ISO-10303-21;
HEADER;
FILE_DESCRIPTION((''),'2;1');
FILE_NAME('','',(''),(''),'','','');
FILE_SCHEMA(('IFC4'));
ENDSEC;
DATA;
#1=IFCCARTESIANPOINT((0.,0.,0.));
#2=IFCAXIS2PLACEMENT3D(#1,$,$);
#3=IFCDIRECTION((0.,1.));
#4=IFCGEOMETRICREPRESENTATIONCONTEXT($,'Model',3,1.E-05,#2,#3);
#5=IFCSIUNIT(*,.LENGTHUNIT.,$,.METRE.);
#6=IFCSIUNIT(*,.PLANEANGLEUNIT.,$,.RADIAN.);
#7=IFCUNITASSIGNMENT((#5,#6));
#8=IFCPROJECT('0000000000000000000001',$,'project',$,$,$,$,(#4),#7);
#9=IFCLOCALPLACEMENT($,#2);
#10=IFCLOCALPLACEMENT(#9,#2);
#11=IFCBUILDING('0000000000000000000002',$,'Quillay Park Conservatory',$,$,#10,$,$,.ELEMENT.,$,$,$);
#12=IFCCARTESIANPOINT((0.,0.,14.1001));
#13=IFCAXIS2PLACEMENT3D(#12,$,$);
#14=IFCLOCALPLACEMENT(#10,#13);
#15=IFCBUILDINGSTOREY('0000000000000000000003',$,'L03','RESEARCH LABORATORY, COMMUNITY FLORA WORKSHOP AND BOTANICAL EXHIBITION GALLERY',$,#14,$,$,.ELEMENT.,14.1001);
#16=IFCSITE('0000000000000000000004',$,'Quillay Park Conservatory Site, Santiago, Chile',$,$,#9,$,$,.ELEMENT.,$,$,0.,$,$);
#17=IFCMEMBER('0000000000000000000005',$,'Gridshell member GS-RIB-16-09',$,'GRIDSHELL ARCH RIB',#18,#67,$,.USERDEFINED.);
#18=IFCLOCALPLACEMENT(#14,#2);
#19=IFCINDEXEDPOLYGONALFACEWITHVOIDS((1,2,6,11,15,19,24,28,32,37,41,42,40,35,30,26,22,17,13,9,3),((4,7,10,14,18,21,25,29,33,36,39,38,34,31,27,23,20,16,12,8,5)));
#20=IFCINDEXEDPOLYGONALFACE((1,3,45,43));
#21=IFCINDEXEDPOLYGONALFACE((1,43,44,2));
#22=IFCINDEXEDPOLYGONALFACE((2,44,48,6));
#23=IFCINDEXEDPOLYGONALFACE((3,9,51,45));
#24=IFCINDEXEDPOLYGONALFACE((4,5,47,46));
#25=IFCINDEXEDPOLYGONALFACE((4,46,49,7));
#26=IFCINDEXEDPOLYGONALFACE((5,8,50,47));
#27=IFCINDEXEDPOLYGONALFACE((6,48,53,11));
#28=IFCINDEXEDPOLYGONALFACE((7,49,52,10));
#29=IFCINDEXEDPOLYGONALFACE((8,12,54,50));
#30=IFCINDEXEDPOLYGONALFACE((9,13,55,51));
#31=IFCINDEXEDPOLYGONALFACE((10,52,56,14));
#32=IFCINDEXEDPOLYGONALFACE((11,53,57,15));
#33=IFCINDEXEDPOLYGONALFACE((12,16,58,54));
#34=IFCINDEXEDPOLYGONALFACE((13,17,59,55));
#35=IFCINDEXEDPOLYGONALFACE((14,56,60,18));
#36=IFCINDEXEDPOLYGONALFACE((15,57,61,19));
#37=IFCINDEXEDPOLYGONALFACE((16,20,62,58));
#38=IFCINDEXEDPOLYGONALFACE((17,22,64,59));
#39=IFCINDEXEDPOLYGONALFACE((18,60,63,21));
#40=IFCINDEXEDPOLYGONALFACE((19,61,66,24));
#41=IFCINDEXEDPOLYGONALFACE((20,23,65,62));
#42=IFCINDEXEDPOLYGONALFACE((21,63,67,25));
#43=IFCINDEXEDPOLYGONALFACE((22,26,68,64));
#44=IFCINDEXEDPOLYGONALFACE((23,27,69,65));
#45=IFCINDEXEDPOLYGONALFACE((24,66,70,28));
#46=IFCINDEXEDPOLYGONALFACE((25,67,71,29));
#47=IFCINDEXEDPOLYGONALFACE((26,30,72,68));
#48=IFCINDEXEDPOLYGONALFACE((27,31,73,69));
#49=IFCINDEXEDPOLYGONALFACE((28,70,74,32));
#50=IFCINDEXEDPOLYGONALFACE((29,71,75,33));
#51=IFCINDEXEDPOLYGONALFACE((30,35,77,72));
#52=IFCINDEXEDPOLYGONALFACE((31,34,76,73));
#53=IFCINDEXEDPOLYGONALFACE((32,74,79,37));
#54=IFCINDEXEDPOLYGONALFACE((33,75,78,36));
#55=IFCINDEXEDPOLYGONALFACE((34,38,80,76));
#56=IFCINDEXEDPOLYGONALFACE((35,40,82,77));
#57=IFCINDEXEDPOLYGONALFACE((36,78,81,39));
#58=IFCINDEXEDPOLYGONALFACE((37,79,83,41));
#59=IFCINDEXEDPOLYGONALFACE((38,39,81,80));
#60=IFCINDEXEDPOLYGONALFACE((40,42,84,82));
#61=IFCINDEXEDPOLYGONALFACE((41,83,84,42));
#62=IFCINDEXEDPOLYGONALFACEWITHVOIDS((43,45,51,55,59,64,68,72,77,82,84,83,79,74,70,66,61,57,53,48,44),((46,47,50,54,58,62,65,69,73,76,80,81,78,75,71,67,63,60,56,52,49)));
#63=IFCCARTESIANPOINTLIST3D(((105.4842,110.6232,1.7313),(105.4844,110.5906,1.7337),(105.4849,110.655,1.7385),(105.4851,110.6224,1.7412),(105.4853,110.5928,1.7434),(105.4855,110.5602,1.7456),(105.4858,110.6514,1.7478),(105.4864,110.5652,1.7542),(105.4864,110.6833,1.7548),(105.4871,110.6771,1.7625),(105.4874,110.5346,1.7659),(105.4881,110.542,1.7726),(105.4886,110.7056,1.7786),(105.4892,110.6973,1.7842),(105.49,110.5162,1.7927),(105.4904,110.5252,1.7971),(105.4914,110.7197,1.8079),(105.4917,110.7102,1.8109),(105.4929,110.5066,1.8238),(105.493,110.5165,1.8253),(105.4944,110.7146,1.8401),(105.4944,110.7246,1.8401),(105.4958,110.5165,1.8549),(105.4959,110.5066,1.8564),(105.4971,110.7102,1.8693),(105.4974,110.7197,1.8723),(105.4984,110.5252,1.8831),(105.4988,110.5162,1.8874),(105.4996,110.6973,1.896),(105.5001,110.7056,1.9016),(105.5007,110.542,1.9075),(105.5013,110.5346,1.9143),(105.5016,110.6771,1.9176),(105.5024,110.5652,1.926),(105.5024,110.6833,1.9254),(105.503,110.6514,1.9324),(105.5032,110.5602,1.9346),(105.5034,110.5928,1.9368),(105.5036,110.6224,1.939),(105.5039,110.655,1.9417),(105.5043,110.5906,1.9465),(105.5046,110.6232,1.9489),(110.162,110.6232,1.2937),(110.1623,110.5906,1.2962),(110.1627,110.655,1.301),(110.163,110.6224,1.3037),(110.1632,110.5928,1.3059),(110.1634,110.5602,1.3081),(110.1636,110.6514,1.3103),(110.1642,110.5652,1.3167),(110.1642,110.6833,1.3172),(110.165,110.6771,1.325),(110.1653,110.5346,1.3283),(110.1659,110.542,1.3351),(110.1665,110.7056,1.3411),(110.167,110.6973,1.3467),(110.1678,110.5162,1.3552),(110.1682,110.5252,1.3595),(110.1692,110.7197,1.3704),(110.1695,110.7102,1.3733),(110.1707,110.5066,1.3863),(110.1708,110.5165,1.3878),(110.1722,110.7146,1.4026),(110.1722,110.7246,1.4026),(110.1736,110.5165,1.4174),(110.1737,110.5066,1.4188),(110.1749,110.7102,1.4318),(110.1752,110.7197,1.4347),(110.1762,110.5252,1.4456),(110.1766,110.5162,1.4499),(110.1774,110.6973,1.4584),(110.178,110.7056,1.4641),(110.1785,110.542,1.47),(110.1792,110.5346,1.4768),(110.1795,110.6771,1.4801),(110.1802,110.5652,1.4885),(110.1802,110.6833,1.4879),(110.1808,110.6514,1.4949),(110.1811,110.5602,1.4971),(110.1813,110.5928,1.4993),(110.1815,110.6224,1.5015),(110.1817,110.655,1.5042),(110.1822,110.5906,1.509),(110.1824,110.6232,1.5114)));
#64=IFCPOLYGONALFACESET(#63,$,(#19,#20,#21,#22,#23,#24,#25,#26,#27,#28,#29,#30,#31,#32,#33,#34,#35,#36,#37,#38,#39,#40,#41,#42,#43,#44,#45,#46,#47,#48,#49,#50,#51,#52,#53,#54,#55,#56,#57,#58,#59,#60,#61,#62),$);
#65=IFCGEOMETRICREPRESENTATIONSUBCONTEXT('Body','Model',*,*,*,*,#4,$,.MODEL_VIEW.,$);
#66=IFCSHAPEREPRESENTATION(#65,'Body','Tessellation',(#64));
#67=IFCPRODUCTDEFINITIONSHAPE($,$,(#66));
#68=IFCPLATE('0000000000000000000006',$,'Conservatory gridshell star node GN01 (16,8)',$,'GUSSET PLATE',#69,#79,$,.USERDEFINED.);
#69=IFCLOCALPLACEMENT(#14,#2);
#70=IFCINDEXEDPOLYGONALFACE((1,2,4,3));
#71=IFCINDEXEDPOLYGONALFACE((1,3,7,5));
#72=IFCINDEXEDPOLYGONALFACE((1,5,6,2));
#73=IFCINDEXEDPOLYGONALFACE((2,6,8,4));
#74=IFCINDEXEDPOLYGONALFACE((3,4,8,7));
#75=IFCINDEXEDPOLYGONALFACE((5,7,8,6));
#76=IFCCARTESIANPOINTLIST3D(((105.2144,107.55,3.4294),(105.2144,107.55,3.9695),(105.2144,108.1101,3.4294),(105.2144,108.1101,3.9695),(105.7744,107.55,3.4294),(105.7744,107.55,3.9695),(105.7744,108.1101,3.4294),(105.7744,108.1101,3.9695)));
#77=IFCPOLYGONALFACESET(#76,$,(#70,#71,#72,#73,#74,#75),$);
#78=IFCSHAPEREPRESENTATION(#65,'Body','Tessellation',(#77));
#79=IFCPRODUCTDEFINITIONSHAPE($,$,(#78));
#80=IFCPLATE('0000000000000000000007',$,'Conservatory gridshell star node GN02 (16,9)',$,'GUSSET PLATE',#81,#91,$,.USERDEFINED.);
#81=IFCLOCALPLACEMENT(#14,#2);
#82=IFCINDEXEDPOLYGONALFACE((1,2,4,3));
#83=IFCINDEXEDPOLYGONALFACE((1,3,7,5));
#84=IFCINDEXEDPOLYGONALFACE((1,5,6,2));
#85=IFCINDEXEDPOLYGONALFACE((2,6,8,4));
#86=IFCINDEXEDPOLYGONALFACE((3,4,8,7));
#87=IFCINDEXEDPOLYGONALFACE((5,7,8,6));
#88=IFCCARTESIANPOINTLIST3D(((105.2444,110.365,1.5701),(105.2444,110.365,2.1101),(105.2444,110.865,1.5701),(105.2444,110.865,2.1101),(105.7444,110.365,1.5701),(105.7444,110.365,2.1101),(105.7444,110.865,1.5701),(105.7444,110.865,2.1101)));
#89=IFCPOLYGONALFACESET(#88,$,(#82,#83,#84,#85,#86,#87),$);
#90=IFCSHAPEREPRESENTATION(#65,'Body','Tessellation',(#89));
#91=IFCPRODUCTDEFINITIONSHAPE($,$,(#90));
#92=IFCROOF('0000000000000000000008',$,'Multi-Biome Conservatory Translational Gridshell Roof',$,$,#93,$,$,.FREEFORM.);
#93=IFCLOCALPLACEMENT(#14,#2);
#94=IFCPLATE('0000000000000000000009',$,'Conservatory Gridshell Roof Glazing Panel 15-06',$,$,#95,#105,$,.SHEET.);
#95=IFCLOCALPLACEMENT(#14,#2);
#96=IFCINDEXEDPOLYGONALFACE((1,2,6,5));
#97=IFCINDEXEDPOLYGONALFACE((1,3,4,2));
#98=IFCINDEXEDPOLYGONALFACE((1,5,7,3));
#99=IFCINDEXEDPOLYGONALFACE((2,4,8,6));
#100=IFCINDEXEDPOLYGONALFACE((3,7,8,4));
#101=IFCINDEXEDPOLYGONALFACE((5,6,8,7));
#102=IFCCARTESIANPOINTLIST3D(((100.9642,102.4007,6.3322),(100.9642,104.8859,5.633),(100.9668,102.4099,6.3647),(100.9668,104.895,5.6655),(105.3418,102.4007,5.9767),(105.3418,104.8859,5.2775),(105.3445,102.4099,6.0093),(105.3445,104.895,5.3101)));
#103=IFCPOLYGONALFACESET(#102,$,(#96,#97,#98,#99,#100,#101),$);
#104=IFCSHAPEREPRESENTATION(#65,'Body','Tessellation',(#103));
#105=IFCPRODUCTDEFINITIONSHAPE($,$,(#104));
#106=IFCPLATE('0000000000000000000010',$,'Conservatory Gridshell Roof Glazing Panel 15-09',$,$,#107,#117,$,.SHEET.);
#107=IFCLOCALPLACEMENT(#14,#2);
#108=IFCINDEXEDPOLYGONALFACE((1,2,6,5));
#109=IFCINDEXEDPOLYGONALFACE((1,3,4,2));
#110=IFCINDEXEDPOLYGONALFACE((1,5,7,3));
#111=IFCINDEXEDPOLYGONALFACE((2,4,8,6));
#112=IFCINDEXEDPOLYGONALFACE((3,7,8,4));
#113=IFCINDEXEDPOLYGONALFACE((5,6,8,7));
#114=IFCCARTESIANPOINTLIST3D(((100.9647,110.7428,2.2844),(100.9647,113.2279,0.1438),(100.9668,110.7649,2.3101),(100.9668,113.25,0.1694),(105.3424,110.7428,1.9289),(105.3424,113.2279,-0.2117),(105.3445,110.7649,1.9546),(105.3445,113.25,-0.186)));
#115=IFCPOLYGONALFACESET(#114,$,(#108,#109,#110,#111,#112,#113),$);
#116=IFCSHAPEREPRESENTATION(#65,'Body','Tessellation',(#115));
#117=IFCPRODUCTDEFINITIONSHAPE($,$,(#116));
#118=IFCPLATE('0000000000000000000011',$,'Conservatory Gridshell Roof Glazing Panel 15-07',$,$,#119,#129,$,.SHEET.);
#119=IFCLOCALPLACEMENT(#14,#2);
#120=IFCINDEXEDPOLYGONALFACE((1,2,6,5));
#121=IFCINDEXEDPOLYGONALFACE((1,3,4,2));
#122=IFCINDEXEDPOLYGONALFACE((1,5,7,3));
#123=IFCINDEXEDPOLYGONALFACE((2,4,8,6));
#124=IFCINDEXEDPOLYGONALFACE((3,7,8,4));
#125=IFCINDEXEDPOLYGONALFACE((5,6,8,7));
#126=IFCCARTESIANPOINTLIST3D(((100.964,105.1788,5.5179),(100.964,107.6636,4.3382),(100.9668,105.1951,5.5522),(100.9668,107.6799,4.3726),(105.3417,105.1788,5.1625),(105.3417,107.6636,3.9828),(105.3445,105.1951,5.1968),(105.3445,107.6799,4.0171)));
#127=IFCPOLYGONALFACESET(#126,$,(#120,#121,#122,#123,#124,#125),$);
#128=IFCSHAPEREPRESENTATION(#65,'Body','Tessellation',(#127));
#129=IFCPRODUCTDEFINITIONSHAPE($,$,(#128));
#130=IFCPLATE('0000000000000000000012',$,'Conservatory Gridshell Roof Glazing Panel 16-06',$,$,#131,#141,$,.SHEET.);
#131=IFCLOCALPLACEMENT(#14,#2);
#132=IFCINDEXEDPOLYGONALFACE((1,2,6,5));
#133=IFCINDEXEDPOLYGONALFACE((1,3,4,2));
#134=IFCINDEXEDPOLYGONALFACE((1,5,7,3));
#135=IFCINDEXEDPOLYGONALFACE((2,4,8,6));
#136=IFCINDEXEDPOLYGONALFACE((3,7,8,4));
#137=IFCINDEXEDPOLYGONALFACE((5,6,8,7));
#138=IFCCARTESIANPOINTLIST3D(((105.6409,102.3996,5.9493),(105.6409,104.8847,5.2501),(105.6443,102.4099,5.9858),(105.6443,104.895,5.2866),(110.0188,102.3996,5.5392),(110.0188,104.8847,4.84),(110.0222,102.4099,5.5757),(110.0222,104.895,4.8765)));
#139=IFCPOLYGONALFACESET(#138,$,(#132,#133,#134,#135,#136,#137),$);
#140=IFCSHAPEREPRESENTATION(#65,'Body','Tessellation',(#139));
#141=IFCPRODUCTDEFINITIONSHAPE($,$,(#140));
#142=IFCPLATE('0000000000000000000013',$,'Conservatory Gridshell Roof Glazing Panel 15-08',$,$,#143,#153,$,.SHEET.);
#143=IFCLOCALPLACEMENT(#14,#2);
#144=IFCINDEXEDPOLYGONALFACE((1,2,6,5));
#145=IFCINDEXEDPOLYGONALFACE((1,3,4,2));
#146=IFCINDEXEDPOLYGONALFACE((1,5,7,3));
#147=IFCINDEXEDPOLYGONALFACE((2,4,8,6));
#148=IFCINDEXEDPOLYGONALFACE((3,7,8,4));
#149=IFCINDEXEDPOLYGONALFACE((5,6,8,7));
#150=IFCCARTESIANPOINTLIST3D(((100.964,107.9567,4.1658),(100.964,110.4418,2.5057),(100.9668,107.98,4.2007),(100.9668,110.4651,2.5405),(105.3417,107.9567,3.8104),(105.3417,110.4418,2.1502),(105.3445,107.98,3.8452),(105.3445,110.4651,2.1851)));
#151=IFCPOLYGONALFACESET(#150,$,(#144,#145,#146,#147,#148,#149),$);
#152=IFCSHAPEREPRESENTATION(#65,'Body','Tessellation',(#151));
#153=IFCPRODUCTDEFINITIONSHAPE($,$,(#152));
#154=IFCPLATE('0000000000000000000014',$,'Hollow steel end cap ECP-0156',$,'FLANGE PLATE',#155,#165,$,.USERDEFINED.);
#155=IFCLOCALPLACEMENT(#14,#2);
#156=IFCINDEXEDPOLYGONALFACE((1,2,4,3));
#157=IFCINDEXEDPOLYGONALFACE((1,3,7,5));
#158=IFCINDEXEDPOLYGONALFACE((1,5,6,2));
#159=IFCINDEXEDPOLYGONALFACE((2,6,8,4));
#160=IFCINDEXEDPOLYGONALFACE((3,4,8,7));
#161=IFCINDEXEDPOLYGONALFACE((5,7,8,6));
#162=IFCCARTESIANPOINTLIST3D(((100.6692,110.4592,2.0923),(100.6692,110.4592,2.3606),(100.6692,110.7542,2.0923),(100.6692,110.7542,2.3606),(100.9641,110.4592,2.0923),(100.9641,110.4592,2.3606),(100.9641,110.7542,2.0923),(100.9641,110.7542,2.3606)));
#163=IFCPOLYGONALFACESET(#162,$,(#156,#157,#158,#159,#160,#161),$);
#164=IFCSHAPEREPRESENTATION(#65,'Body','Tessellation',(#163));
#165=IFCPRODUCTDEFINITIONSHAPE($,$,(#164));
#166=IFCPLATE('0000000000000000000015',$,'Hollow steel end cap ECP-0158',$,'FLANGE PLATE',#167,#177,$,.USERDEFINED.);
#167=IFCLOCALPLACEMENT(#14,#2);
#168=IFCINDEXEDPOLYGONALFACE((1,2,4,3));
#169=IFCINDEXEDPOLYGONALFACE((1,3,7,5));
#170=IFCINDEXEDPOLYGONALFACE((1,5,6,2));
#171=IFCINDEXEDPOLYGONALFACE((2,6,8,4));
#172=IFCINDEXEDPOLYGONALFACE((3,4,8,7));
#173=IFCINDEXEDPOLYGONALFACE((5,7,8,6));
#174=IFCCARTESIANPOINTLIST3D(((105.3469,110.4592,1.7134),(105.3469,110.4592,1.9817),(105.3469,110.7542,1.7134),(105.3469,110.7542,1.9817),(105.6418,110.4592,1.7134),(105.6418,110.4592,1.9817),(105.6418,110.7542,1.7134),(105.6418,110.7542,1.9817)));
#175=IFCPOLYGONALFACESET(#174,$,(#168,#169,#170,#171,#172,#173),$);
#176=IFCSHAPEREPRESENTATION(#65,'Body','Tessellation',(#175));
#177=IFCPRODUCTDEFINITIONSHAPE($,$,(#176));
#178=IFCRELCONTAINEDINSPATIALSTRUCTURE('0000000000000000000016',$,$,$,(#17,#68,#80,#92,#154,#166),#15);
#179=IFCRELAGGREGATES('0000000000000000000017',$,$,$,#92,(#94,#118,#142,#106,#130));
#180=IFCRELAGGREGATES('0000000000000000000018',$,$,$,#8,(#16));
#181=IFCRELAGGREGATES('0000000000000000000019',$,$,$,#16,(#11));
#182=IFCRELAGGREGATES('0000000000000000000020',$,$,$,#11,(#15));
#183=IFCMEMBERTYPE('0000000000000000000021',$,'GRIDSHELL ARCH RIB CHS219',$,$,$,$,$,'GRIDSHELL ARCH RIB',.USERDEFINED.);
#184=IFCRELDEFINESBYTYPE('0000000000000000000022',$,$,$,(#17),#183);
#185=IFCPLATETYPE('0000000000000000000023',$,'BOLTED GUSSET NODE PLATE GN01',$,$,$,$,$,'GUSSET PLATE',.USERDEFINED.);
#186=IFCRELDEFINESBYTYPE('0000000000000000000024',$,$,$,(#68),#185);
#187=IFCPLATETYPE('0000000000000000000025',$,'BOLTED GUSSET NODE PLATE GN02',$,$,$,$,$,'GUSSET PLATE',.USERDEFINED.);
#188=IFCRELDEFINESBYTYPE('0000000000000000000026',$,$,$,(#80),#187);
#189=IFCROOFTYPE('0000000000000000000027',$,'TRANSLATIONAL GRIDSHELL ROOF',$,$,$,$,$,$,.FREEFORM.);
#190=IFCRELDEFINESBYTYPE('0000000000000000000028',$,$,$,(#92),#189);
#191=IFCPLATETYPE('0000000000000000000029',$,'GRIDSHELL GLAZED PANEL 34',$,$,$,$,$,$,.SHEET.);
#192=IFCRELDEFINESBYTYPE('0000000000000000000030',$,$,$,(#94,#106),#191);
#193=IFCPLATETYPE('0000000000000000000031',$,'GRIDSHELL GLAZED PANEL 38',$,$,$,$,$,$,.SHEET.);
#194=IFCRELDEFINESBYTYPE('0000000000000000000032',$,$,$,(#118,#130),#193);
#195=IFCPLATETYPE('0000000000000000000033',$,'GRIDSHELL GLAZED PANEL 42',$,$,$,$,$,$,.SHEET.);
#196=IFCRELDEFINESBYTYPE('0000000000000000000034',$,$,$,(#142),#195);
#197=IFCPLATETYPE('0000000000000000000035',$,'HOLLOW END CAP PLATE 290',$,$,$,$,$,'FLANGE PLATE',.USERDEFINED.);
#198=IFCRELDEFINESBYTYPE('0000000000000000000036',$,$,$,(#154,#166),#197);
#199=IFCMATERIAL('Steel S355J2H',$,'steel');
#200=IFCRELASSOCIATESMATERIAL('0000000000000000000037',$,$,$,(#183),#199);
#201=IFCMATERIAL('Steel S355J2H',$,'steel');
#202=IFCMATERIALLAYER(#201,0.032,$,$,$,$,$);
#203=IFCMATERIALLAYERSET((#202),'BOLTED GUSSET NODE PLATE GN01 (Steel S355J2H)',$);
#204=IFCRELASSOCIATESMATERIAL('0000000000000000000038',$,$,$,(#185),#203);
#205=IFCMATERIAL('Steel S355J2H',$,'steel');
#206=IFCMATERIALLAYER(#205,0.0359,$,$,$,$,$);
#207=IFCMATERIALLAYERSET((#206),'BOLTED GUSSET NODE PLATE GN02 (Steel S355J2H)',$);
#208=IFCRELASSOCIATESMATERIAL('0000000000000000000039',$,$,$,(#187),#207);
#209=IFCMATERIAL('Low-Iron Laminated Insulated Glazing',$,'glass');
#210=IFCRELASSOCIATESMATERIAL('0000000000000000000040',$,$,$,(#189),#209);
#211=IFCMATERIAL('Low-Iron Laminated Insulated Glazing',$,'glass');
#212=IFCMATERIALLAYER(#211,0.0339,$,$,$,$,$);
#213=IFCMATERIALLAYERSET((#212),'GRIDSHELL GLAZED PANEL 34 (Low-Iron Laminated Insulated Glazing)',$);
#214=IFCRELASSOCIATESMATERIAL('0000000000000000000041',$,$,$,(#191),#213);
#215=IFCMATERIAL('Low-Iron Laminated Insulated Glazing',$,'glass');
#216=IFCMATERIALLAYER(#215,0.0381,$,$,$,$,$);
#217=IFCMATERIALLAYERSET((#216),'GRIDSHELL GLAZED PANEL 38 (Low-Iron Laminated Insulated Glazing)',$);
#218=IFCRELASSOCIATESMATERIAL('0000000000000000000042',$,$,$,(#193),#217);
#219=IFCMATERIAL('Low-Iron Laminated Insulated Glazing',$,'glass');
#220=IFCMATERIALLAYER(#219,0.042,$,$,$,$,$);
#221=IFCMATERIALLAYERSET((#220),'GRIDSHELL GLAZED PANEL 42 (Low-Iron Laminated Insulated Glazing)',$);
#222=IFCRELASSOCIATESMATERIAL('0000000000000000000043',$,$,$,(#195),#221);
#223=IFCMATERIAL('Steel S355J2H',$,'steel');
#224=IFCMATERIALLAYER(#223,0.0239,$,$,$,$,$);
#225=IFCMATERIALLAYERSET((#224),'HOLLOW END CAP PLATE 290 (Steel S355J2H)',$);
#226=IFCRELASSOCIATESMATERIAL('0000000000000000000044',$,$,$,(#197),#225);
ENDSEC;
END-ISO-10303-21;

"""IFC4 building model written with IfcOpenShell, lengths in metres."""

from ifc_helpers import new_model, si_unit, direction, frame, origin, origin_2d, place, context, subcontext, project, spatial, polyline, rectangle, hollow_circle, outline, extrude, material, layer, layer_set, material_profile, profile_set, type_object, element, aggregate, save


model = new_model("IFC4")

# Units and contexts
model_context = context("Model", 3, precision=1e-05, world=origin(), true_north=direction((0.0, 1.0)))
body_context = subcontext(model_context, "Body", "Model", "MODEL_VIEW")
ifc_project = project(units=[si_unit("LENGTHUNIT", "METRE"), si_unit("PLANEANGLEUNIT", "RADIAN")], contexts=[model_context])

# Site, building, storey
site_placement = place(None, origin())
site = spatial("IfcSite", under=ifc_project, at=site_placement, Name="Quillay Park Conservatory Site, Santiago, Chile", CompositionType="ELEMENT", RefElevation=0.0)
building_placement = place(site_placement, origin())
building = spatial("IfcBuilding", under=site, at=building_placement, Name="Quillay Park Conservatory", CompositionType="ELEMENT")
storey_placement = place(building_placement, frame((0.0, 0.0, 14.1001)))
storey = spatial("IfcBuildingStorey", under=building, at=storey_placement, Name="L03", Description="RESEARCH LABORATORY, COMMUNITY FLORA WORKSHOP AND BOTANICAL EXHIBITION GALLERY", CompositionType="ELEMENT", Elevation=14.1001)

# Member
ifc_material_1 = material(Name="Steel S355J2H", Category="steel")
ifc_material_profile_1 = material_profile(ifc_material_1, hollow_circle(Radius=0.1096, WallThickness=0.01, at=origin_2d()), Name="CHS219.1x10")
ifc_profile_set_1 = profile_set([ifc_material_profile_1], Name="Steel S355J2H")
member_type = type_object("IfcMemberType", Name="GRIDSHELL ARCH RIB CHS219", ElementType="GRIDSHELL ARCH RIB", PredefinedType="USERDEFINED", material=ifc_profile_set_1)
member_1_placement = place(storey_placement, frame((105.4944, 110.615, 1.8401), z_axis=(0.995655, 0.0, -0.093122), x_axis=(0.0, 1.0, 0.0)))
element("IfcMember", 1, at=member_1_placement, inside=storey, type_object=member_type, Name="Gridshell member GS-RIB-16-09", ObjectType="GRIDSHELL ARCH RIB", PredefinedType="USERDEFINED", context=body_context, shape_type="SweptSolid", body=[
    extrude(hollow_circle(Radius=0.1096, WallThickness=0.01, at=origin_2d()), origin(), (0.0, 0.0, 1.0), 4.6982),
])

# Plates
ifc_material_2 = material(Name="Steel S355J2H", Category="steel")
ifc_layer_1 = layer(ifc_material_2, 0.032)
ifc_layer_set_1 = layer_set([ifc_layer_1], Name="BOLTED GUSSET NODE PLATE GN01 (Steel S355J2H)")
plate_type_1 = type_object("IfcPlateType", Name="BOLTED GUSSET NODE PLATE GN01", ElementType="GUSSET PLATE", PredefinedType="USERDEFINED", material=ifc_layer_set_1)
plate_1_placement = place(storey_placement, frame((105.4944, 107.8301, 3.4294), z_axis=(0.0, 0.0, 1.0), x_axis=(1.0, 0.0, 0.0)))
element("IfcPlate", 2, at=plate_1_placement, inside=storey, type_object=plate_type_1, Name="Conservatory gridshell star node GN01 (16,8)", ObjectType="GUSSET PLATE", PredefinedType="USERDEFINED", context=body_context, shape_type="SweptSolid", body=[
    extrude(rectangle(XDim=0.5601, YDim=0.5601, at=origin_2d()), origin(), (0.0, 0.0, 1.0), 0.54),
])
ifc_material_3 = material(Name="Steel S355J2H", Category="steel")
ifc_layer_2 = layer(ifc_material_3, 0.0359)
ifc_layer_set_2 = layer_set([ifc_layer_2], Name="BOLTED GUSSET NODE PLATE GN02 (Steel S355J2H)")
plate_type_2 = type_object("IfcPlateType", Name="BOLTED GUSSET NODE PLATE GN02", ElementType="GUSSET PLATE", PredefinedType="USERDEFINED", material=ifc_layer_set_2)
plate_2_placement = place(storey_placement, frame((105.4944, 110.615, 1.5701), z_axis=(0.0, 0.0, 1.0), x_axis=(1.0, 0.0, 0.0)))
element("IfcPlate", 3, at=plate_2_placement, inside=storey, type_object=plate_type_2, Name="Conservatory gridshell star node GN02 (16,9)", ObjectType="GUSSET PLATE", PredefinedType="USERDEFINED", context=body_context, shape_type="SweptSolid", body=[
    extrude(rectangle(XDim=0.5, YDim=0.5, at=origin_2d()), origin(), (0.0, 0.0, 1.0), 0.54),
])

# Roof, plates
ifc_material_4 = material(Name="Low-Iron Laminated Insulated Glazing", Category="glass")
roof_type = type_object("IfcRoofType", Name="TRANSLATIONAL GRIDSHELL ROOF", PredefinedType="FREEFORM", material=ifc_material_4)
roof_placement = place(storey_placement, origin())
roof = element("IfcRoof", 4, at=roof_placement, inside=storey, type_object=roof_type, Name="Multi-Biome Conservatory Translational Gridshell Roof", PredefinedType="FREEFORM")
ifc_material_5 = material(Name="Low-Iron Laminated Insulated Glazing", Category="glass")
ifc_layer_3 = layer(ifc_material_5, 0.0339)
ifc_layer_set_3 = layer_set([ifc_layer_3], Name="GRIDSHELL GLAZED PANEL 34 (Low-Iron Laminated Insulated Glazing)")
plate_type_3 = type_object("IfcPlateType", Name="GRIDSHELL GLAZED PANEL 34", PredefinedType="SHEET", material=ifc_layer_set_3)
plate_3_placement = place(storey_placement, frame((100.9668, 102.4099, 6.3647), z_axis=(0.077927, 0.270023, 0.959695), x_axis=(0.996719, 0.0, -0.080934)))
plate_3 = element("IfcPlate", 5, at=plate_3_placement, type_object=plate_type_3, Name="Conservatory Gridshell Roof Glazing Panel 15-06", PredefinedType="SHEET", context=body_context, shape_type="SweptSolid", body=[
    extrude(outline(polyline([(0.0, 0.0), (4.3921, 0.0), (4.4487, 2.581), (0.0566, 2.581), (0.0, 0.0)])), origin(), (0.0, 0.0, -1.0), 0.0339),
])
plate_4_placement = place(storey_placement, frame((100.9668, 110.7649, 2.3101), z_axis=(0.061407, 0.651409, 0.756238), x_axis=(0.996719, 0.0, -0.080934)))
plate_4 = element("IfcPlate", 6, at=plate_4_placement, type_object=plate_type_3, Name="Conservatory Gridshell Roof Glazing Panel 15-09", PredefinedType="SHEET", context=body_context, shape_type="SweptSolid", body=[
    extrude(outline(polyline([(0.0, 0.0), (4.3921, 0.0), (4.5653, 3.2754), (0.1732, 3.2754), (0.0, 0.0)])), origin(), (0.0, 0.0, -1.0), 0.0339),
])
ifc_material_6 = material(Name="Low-Iron Laminated Insulated Glazing", Category="glass")
ifc_layer_4 = layer(ifc_material_6, 0.0381)
ifc_layer_set_4 = layer_set([ifc_layer_4], Name="GRIDSHELL GLAZED PANEL 38 (Low-Iron Laminated Insulated Glazing)")
plate_type_4 = type_object("IfcPlateType", Name="GRIDSHELL GLAZED PANEL 38", PredefinedType="SHEET", material=ifc_layer_set_4)
plate_5_placement = place(storey_placement, frame((100.9668, 105.1951, 5.5522), z_axis=(0.073157, 0.427723, 0.900945), x_axis=(0.996719, 0.0, -0.080934)))
plate_5 = element("IfcPlate", 7, at=plate_5_placement, type_object=plate_type_4, Name="Conservatory Gridshell Roof Glazing Panel 15-07", PredefinedType="SHEET", context=body_context, shape_type="SweptSolid", body=[
    extrude(outline(polyline([(0.0, 0.0), (4.3921, 0.0), (4.4876, 2.749), (0.0955, 2.749), (0.0, 0.0)])), origin(), (0.0, 0.0, -1.0), 0.0381),
])
plate_6_placement = place(storey_placement, frame((105.6443, 102.4099, 5.9858), z_axis=(0.089821, 0.269752, 0.958731), x_axis=(0.99564, 0.0, -0.093279)))
plate_6 = element("IfcPlate", 8, at=plate_6_placement, type_object=plate_type_4, Name="Conservatory Gridshell Roof Glazing Panel 16-06", PredefinedType="SHEET", context=body_context, shape_type="SweptSolid", body=[
    extrude(outline(polyline([(0.0, 0.0), (4.3971, 0.0), (4.4623, 2.5808), (0.0652, 2.5808), (0.0, 0.0)])), origin(), (0.0, 0.0, -1.0), 0.0381),
])
ifc_material_7 = material(Name="Low-Iron Laminated Insulated Glazing", Category="glass")
ifc_layer_5 = layer(ifc_material_7, 0.042)
ifc_layer_set_5 = layer_set([ifc_layer_5], Name="GRIDSHELL GLAZED PANEL 42 (Low-Iron Laminated Insulated Glazing)")
plate_type_5 = type_object("IfcPlateType", Name="GRIDSHELL GLAZED PANEL 42", PredefinedType="SHEET", material=ifc_layer_set_5)
plate_7_placement = place(storey_placement, frame((100.9668, 107.98, 4.2007), z_axis=(0.067366, 0.55423, 0.829633), x_axis=(0.996719, 0.0, -0.080934)))
plate_7 = element("IfcPlate", 9, at=plate_7_placement, type_object=plate_type_5, Name="Conservatory Gridshell Roof Glazing Panel 15-08", PredefinedType="SHEET", context=body_context, shape_type="SweptSolid", body=[
    extrude(outline(polyline([(0.0, 0.0), (4.3921, 0.0), (4.5265, 2.9856), (0.1344, 2.9856), (0.0, 0.0)])), origin(), (0.0, 0.0, -1.0), 0.042),
])
aggregate(roof, [plate_3, plate_5, plate_7, plate_4, plate_6])

# Plates
ifc_material_8 = material(Name="Steel S355J2H", Category="steel")
ifc_layer_6 = layer(ifc_material_8, 0.0239)
ifc_layer_set_6 = layer_set([ifc_layer_6], Name="HOLLOW END CAP PLATE 290 (Steel S355J2H)")
plate_type_6 = type_object("IfcPlateType", Name="HOLLOW END CAP PLATE 290", ElementType="FLANGE PLATE", PredefinedType="USERDEFINED", material=ifc_layer_set_6)
for number, where, z_axis, x_axis, name in (
    (10, (100.8167, 110.6067, 2.0923), (0.0, 0.0, 1.0), (1.0, 0.0, 0.0), "Hollow steel end cap ECP-0156"),
    (11, (105.4944, 110.6067, 1.7134), (0.0, 0.0, 1.0), (1.0, 0.0, 0.0), "Hollow steel end cap ECP-0158"),
):
    element("IfcPlate", number, at=place(storey_placement, frame(where, z_axis=z_axis, x_axis=x_axis)), inside=storey, type_object=plate_type_6, Name=name, ObjectType="FLANGE PLATE", PredefinedType="USERDEFINED", context=body_context, shape_type="SweptSolid", body=[
        extrude(rectangle(XDim=0.2949, YDim=0.2949, at=origin_2d()), origin(), (0.0, 0.0, 1.0), 0.2683),
    ])

save(model, "model.ifc")
